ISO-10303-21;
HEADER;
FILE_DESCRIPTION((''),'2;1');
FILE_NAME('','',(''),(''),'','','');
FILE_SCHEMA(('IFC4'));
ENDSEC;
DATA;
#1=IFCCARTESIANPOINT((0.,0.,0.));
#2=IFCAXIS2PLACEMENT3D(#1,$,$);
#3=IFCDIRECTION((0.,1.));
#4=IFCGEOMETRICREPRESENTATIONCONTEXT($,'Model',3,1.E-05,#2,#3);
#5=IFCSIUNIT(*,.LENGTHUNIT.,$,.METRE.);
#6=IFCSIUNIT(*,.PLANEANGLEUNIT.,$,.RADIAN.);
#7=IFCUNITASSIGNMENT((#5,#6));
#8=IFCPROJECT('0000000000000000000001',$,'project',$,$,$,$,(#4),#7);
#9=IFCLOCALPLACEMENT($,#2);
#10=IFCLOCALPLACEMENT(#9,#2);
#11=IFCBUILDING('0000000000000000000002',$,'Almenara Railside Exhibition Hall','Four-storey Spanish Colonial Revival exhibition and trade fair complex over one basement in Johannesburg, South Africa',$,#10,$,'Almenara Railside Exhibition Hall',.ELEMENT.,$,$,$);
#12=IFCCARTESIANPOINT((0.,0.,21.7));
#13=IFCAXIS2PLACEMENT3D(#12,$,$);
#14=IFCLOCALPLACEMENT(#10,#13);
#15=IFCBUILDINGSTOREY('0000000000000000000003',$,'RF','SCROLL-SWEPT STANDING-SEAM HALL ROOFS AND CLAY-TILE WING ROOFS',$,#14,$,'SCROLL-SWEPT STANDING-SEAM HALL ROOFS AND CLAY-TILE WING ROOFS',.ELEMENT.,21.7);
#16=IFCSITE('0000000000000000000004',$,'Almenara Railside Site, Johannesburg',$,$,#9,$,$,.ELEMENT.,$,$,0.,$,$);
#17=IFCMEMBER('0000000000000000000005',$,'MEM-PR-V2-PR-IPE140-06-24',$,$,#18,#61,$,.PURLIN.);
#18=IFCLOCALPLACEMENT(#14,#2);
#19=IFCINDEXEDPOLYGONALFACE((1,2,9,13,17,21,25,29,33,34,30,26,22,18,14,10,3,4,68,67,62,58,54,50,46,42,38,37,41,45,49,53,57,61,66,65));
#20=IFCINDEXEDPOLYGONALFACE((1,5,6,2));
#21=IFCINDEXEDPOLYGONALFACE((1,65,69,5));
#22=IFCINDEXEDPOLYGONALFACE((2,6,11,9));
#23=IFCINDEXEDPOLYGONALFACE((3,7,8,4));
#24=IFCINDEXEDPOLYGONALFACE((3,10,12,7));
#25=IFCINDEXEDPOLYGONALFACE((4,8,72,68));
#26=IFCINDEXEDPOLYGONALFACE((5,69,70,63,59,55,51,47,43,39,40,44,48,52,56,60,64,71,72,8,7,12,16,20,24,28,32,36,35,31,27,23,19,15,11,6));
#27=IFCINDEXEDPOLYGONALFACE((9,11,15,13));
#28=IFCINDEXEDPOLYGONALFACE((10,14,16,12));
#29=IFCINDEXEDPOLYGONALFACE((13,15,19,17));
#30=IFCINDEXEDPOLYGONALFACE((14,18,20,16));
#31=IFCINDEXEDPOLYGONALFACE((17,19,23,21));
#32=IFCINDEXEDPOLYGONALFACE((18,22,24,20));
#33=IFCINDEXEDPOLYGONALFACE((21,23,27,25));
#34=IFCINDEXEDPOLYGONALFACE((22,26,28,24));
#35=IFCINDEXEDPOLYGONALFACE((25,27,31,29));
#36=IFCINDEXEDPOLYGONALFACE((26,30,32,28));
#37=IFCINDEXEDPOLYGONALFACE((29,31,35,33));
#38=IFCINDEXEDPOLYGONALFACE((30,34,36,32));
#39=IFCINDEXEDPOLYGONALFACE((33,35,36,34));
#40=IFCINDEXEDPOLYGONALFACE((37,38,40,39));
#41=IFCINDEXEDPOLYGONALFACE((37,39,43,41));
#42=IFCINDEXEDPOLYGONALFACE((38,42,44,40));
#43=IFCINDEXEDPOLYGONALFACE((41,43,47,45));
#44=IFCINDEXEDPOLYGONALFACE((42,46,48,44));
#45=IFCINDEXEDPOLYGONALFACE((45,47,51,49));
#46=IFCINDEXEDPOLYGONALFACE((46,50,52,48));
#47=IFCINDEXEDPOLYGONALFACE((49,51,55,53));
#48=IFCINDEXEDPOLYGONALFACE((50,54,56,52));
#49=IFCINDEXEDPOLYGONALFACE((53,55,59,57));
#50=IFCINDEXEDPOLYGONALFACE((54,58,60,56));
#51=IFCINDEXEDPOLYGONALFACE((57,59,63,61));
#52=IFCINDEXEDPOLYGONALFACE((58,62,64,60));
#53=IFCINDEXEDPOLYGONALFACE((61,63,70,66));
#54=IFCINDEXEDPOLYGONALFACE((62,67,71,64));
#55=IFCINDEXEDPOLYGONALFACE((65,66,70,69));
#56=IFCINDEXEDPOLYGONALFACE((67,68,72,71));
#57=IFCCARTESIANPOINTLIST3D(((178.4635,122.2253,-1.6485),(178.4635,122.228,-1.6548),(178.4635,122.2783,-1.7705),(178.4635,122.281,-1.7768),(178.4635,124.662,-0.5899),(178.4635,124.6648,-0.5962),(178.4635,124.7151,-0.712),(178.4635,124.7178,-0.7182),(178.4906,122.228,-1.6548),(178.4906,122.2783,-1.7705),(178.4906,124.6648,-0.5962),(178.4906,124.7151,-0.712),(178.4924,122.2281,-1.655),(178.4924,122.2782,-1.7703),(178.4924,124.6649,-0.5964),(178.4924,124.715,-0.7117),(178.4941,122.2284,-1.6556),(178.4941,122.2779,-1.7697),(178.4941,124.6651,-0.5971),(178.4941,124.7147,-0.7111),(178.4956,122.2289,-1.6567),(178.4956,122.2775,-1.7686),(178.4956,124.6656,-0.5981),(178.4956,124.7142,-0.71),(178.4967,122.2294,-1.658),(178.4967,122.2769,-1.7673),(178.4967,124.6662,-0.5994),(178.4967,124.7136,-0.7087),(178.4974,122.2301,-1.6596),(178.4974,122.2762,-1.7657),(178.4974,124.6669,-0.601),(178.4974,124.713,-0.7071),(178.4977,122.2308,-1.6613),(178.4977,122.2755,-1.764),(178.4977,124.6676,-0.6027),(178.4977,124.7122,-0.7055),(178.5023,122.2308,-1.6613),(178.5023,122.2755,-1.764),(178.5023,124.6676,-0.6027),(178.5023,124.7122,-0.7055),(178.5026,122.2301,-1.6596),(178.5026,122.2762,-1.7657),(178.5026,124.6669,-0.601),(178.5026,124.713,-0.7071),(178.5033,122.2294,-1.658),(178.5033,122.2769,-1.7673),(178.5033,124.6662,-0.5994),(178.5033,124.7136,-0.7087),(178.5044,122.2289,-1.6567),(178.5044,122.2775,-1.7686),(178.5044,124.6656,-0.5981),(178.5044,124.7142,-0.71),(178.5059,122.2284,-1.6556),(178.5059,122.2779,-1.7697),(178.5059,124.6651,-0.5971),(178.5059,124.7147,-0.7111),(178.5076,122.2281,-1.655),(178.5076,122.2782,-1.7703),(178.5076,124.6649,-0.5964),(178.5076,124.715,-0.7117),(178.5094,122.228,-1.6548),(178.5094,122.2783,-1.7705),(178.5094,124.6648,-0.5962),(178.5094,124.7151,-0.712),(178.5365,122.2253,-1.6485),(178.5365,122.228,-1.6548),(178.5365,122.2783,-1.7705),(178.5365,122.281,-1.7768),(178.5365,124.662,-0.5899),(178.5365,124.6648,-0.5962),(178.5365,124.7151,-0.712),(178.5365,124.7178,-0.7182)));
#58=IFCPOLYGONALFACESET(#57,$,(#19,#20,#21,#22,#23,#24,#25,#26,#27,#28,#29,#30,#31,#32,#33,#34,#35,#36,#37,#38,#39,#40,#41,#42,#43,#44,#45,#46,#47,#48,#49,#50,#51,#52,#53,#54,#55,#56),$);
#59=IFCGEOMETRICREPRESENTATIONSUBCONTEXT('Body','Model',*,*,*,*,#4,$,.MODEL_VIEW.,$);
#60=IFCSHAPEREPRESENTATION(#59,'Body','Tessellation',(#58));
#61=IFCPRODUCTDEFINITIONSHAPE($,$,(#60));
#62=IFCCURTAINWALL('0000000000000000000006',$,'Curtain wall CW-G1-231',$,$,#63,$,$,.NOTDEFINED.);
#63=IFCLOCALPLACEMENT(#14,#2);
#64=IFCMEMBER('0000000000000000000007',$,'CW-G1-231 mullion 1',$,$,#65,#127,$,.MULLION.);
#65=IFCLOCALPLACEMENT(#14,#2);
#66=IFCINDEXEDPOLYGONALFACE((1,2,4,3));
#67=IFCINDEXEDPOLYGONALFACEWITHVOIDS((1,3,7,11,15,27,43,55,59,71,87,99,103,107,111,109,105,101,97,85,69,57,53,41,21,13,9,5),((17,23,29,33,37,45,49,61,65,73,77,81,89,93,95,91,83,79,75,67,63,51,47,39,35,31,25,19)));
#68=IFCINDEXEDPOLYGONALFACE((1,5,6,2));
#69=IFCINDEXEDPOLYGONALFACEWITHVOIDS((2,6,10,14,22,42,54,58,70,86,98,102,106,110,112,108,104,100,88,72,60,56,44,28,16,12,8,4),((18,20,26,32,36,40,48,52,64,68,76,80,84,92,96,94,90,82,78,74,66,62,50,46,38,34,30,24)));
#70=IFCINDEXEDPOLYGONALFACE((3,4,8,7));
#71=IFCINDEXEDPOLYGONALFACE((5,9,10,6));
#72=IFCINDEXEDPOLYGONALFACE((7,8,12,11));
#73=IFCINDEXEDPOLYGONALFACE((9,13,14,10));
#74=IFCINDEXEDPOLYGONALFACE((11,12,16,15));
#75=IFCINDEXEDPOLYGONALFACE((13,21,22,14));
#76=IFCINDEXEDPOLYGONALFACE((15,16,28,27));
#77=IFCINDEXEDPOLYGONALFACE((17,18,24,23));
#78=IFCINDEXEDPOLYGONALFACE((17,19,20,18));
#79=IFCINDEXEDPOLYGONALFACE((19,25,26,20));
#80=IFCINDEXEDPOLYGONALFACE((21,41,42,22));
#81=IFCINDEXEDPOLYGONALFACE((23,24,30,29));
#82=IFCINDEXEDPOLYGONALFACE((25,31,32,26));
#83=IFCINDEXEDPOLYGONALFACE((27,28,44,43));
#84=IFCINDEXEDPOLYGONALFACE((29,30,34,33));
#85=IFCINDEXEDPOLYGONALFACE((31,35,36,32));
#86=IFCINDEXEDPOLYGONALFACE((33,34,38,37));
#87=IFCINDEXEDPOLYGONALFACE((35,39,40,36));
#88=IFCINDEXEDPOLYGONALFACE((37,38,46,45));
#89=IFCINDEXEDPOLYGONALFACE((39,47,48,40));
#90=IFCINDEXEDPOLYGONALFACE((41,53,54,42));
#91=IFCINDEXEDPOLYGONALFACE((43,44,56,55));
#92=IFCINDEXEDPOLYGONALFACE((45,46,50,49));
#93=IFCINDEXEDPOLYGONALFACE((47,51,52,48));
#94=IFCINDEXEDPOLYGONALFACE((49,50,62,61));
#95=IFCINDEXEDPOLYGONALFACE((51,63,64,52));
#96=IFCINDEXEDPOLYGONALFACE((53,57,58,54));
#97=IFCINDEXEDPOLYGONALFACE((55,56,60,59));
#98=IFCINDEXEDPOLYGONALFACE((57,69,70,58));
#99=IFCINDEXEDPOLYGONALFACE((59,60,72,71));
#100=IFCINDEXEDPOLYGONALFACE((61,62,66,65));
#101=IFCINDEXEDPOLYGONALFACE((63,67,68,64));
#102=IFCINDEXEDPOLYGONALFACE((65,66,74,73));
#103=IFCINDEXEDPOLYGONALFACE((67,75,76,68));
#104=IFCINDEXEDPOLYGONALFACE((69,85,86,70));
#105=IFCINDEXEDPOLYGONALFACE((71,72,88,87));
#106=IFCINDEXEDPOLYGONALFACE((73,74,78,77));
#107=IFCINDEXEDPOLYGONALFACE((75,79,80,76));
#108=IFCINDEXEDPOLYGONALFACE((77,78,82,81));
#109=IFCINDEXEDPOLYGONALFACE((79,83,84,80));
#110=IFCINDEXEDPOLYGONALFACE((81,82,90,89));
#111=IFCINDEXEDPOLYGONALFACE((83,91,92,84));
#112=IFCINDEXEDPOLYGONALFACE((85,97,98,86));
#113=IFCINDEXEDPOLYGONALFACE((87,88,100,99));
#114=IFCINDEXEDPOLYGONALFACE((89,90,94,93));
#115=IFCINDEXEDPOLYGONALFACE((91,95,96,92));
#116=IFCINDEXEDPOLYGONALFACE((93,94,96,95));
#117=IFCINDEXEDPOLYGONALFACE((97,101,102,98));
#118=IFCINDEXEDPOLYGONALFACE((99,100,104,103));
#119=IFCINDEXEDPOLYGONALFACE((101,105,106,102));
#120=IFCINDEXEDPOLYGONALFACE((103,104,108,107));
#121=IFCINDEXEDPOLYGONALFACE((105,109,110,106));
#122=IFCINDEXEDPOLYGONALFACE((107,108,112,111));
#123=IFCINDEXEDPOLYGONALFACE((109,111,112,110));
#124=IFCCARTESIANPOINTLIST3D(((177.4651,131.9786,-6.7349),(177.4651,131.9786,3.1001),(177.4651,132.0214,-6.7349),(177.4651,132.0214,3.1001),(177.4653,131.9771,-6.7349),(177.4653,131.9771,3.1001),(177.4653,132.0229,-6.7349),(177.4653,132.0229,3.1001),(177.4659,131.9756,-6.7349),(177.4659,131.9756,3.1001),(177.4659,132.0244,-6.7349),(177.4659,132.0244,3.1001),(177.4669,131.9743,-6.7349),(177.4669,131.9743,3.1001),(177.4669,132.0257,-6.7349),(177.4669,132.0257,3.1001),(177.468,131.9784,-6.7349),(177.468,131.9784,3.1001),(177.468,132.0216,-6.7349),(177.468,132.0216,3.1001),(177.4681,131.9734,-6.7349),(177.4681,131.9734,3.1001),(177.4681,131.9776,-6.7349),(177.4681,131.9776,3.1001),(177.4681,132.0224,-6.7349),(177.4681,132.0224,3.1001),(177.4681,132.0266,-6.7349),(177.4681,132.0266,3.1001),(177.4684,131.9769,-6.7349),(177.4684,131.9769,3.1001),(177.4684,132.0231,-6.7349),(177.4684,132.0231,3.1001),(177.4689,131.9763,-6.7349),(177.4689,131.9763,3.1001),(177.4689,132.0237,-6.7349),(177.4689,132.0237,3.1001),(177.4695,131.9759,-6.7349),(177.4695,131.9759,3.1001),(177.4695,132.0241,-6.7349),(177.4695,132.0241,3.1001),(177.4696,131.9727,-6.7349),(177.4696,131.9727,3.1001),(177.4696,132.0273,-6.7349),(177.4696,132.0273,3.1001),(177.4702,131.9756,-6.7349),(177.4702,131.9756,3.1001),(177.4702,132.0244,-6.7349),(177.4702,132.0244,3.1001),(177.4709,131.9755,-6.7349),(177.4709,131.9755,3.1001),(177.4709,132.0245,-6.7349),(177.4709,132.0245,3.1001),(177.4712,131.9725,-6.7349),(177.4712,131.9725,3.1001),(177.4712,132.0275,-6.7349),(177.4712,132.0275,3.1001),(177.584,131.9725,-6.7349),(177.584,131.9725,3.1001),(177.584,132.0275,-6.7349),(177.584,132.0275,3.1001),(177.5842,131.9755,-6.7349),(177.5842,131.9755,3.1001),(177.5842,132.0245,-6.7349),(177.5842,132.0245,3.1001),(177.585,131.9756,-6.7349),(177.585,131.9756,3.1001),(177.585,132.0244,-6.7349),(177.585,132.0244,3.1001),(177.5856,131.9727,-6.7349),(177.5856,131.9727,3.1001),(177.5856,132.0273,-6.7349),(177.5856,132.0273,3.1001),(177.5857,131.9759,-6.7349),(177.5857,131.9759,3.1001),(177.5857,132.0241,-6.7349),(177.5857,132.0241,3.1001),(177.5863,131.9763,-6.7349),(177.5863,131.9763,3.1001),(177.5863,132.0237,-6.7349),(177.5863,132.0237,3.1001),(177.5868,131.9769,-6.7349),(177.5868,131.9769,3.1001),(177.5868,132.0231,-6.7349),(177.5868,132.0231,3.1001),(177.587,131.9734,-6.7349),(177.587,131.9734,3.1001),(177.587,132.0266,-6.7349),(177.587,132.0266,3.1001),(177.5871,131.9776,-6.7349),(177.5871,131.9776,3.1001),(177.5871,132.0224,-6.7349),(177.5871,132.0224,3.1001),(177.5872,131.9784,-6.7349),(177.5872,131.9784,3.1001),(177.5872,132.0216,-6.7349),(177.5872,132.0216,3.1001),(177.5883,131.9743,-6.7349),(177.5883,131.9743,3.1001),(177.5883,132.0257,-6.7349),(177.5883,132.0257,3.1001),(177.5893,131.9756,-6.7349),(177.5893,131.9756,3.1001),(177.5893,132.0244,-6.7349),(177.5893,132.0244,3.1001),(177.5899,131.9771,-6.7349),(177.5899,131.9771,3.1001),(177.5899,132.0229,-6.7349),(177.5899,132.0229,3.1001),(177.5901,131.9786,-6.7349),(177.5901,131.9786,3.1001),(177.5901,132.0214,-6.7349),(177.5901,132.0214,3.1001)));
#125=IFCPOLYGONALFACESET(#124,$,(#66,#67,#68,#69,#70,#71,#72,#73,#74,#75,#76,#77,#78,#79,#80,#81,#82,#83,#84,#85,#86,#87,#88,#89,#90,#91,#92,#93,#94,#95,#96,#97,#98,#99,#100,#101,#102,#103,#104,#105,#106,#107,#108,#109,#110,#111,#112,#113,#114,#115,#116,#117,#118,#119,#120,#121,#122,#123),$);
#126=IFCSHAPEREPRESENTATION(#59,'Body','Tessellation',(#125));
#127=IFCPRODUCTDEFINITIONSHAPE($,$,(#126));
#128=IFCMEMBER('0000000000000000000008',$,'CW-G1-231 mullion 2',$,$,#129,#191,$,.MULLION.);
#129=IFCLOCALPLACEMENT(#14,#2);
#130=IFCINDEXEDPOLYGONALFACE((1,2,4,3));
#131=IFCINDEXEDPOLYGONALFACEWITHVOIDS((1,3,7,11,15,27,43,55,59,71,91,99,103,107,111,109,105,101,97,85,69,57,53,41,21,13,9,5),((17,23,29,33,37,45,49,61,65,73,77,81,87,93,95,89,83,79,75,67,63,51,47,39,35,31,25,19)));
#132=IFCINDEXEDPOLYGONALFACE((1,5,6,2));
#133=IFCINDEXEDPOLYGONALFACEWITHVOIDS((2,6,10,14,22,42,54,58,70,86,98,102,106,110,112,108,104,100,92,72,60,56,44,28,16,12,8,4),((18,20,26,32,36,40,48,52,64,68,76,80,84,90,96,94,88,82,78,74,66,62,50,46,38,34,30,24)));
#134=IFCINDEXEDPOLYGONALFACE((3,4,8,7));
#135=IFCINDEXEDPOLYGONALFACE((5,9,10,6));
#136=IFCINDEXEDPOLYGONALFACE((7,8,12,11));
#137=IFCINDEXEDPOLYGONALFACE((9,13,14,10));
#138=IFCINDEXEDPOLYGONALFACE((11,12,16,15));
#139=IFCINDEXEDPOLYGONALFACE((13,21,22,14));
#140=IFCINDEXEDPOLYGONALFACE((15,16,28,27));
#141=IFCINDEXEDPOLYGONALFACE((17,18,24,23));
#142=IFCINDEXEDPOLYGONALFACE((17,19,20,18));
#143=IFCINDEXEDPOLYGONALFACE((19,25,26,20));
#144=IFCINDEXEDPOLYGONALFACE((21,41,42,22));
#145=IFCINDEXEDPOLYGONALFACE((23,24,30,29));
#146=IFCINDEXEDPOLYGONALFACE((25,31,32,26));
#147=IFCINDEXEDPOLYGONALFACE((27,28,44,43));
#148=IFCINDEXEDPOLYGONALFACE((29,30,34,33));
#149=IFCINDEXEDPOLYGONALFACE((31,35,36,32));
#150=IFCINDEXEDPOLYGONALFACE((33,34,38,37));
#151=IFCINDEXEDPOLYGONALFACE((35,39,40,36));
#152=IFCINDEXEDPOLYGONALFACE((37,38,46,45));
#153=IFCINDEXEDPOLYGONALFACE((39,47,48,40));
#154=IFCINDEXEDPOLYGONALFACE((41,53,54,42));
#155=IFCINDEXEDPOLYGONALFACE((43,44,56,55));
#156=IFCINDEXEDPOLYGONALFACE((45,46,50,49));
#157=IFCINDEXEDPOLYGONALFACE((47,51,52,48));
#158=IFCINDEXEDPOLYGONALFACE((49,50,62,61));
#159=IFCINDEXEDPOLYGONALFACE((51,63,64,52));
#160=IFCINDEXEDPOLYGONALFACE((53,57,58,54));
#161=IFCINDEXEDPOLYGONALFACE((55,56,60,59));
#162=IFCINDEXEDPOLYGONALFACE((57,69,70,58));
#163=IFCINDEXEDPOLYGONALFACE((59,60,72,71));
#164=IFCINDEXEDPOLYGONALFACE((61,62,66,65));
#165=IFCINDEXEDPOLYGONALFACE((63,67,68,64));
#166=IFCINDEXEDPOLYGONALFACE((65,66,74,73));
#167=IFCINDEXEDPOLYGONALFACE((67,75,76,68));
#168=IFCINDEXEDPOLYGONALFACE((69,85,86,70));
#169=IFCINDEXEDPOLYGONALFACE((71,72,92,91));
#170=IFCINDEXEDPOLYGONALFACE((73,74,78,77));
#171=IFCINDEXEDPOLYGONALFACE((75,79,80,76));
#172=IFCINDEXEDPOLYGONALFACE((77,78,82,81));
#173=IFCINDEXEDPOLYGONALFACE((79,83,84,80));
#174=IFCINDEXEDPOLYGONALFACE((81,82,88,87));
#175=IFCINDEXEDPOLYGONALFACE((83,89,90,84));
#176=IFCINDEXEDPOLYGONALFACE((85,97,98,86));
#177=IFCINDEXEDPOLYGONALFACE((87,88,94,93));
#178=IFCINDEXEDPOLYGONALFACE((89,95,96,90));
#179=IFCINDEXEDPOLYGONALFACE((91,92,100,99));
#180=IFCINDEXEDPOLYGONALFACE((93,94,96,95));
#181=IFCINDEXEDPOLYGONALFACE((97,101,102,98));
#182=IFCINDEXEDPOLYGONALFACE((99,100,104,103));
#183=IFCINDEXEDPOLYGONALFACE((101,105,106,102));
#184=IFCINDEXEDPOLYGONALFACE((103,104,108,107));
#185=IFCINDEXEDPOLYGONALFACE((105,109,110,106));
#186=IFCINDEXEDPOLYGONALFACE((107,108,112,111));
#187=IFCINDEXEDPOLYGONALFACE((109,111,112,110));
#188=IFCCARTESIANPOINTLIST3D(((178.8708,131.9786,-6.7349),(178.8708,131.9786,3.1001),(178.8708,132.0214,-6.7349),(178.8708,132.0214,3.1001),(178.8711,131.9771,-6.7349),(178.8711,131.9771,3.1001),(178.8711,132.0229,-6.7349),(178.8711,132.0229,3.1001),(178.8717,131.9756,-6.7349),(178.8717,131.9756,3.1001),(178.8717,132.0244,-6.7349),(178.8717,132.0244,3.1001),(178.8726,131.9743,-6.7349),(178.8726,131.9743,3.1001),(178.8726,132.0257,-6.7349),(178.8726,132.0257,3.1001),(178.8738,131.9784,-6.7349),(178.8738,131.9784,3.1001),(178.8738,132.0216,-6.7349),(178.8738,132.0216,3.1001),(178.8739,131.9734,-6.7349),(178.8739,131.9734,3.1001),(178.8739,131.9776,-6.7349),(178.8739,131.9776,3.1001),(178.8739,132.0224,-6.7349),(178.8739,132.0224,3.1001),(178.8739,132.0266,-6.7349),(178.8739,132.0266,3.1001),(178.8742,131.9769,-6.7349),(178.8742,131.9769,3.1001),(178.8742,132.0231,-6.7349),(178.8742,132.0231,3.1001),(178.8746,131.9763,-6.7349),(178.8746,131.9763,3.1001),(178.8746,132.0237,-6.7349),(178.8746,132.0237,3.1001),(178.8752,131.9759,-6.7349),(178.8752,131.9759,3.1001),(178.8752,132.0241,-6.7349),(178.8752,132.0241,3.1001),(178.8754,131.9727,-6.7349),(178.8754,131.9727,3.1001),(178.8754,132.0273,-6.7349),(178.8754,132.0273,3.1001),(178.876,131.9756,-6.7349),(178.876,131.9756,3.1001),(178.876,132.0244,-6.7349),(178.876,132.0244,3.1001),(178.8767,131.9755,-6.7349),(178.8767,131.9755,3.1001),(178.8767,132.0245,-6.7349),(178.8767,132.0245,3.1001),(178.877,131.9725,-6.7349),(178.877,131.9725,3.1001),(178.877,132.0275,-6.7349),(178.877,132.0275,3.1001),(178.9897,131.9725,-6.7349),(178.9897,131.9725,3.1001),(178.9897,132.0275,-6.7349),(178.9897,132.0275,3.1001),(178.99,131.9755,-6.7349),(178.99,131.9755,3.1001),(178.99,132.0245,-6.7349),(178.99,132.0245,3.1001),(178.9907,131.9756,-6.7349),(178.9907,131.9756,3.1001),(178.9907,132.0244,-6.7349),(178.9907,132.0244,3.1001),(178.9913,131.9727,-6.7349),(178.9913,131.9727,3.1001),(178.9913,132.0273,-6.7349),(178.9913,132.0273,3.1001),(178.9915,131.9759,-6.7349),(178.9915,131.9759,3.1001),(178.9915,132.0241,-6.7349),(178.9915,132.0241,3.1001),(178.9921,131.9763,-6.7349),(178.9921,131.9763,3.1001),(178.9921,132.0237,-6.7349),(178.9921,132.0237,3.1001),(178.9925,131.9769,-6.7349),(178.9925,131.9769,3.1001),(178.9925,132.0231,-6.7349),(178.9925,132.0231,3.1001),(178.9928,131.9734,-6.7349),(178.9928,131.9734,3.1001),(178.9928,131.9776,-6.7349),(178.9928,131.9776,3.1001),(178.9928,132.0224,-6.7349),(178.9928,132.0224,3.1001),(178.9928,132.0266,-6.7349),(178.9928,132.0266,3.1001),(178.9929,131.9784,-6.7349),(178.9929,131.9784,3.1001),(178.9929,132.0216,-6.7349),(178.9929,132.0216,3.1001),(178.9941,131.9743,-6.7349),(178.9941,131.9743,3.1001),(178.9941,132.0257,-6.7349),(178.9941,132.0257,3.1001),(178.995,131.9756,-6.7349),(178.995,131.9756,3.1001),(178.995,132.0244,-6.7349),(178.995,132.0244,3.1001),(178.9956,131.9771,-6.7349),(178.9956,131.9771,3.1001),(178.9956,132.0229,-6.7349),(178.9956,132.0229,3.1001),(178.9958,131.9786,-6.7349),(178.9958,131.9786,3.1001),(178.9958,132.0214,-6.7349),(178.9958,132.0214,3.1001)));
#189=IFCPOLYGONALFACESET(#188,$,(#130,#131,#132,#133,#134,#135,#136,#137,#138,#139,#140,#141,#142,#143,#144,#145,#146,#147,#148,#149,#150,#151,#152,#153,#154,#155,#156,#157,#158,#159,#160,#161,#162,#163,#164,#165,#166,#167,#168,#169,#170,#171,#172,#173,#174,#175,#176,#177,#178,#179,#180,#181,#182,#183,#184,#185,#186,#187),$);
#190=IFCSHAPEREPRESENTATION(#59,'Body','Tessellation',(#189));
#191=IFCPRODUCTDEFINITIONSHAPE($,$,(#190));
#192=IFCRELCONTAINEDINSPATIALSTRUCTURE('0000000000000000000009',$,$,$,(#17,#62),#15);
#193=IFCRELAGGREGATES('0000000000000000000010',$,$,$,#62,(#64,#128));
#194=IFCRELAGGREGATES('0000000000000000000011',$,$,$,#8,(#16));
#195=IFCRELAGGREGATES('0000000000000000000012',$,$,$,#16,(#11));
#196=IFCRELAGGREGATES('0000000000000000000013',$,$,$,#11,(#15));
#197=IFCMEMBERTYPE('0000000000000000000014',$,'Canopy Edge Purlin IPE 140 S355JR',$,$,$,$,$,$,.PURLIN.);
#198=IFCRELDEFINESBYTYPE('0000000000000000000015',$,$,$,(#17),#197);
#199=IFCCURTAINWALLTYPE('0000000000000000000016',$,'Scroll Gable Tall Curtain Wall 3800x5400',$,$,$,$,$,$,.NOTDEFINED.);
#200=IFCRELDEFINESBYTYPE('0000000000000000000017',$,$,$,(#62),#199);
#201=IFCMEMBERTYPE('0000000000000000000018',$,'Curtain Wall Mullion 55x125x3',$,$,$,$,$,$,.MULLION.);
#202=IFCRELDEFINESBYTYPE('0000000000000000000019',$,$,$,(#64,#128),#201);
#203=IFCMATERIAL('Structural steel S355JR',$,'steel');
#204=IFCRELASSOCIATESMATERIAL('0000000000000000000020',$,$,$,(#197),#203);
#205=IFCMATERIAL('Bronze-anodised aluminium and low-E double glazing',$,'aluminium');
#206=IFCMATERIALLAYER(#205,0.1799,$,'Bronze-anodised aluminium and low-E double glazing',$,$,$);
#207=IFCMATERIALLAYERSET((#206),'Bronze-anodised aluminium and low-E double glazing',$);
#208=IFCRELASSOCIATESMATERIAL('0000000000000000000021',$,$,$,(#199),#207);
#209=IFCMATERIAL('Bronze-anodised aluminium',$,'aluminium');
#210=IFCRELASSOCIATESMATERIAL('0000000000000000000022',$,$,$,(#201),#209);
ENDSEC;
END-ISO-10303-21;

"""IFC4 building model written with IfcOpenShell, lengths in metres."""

from ifc_helpers import new_model, si_unit, direction, frame, origin, origin_2d, place, context, subcontext, project, spatial, hollow_rectangle, i_section, extrude, material, layer, layer_set, material_profile, profile_set, type_object, element, aggregate, save


model = new_model("IFC4")

# Units and contexts
model_context = context("Model", 3, precision=1e-05, world=origin(), true_north=direction((0.0, 1.0)))
body_context = subcontext(model_context, "Body", "Model", "MODEL_VIEW")
ifc_project = project(units=[si_unit("LENGTHUNIT", "METRE"), si_unit("PLANEANGLEUNIT", "RADIAN")], contexts=[model_context])

# Site, building, storey
site_placement = place(None, origin())
site = spatial("IfcSite", under=ifc_project, at=site_placement, Name="Almenara Railside Site, Johannesburg", CompositionType="ELEMENT", RefElevation=0.0)
building_placement = place(site_placement, origin())
building = spatial("IfcBuilding", under=site, at=building_placement, Name="Almenara Railside Exhibition Hall", Description="Four-storey Spanish Colonial Revival exhibition and trade fair complex over one basement in Johannesburg, South Africa", LongName="Almenara Railside Exhibition Hall", CompositionType="ELEMENT")
storey_placement = place(building_placement, frame((0.0, 0.0, 21.7)))
storey = spatial("IfcBuildingStorey", under=building, at=storey_placement, Name="RF", Description="SCROLL-SWEPT STANDING-SEAM HALL ROOFS AND CLAY-TILE WING ROOFS", LongName="SCROLL-SWEPT STANDING-SEAM HALL ROOFS AND CLAY-TILE WING ROOFS", CompositionType="ELEMENT", Elevation=21.7)

# Member
ifc_material_1 = material(Name="Structural steel S355JR", Category="steel")
ifc_material_profile_1 = material_profile(ifc_material_1, i_section(OverallWidth=0.073, OverallDepth=0.1399, WebThickness=0.0046, FlangeThickness=0.0068, FilletRadius=0.0071, at=origin_2d()), Name="IPE 140")
ifc_profile_set_1 = profile_set([ifc_material_profile_1], Name="Structural steel S355JR")
member_type_1 = type_object("IfcMemberType", Name="Canopy Edge Purlin IPE 140 S355JR", PredefinedType="PURLIN", material=ifc_profile_set_1)
member_1_placement = place(storey_placement, frame((178.5, 122.2532, -1.7126), z_axis=(0.0, 0.91719, 0.398451), x_axis=(-1.0, 0.0, 0.0)))
element("IfcMember", 1, at=member_1_placement, inside=storey, type_object=member_type_1, Name="MEM-PR-V2-PR-IPE140-06-24", PredefinedType="PURLIN", context=body_context, shape_type="SweptSolid", body=[
    extrude(i_section(OverallWidth=0.073, OverallDepth=0.1399, WebThickness=0.0046, FlangeThickness=0.0068, FilletRadius=0.0071, at=origin_2d()), origin(), (0.0, 0.0, 1.0), 2.6567),
])

# Curtain wall, members
ifc_material_2 = material(Name="Bronze-anodised aluminium and low-E double glazing", Category="aluminium")
ifc_layer_1 = layer(ifc_material_2, 0.1799, Name="Bronze-anodised aluminium and low-E double glazing")
ifc_layer_set_1 = layer_set([ifc_layer_1], Name="Bronze-anodised aluminium and low-E double glazing")
curtain_wall_type = type_object("IfcCurtainWallType", Name="Scroll Gable Tall Curtain Wall 3800x5400", PredefinedType="NOTDEFINED", material=ifc_layer_set_1)
curtain_wall_1_placement = place(storey_placement, origin())
curtain_wall_1 = element("IfcCurtainWall", 2, at=curtain_wall_1_placement, inside=storey, type_object=curtain_wall_type, Name="Curtain wall CW-G1-231", PredefinedType="NOTDEFINED")
ifc_material_3 = material(Name="Bronze-anodised aluminium", Category="aluminium")
ifc_material_profile_2 = material_profile(ifc_material_3, hollow_rectangle(XDim=0.0549, YDim=0.125, WallThickness=0.0029, InnerFilletRadius=0.0029, OuterFilletRadius=0.0061, at=origin_2d()), Name="ALU-MUL 55x125x3")
ifc_profile_set_2 = profile_set([ifc_material_profile_2], Name="Bronze-anodised aluminium")
member_type_2 = type_object("IfcMemberType", Name="Curtain Wall Mullion 55x125x3", PredefinedType="MULLION", material=ifc_profile_set_2)
member_2_placement = place(storey_placement, frame((177.5276, 132.0, -6.7349), z_axis=(0.0, 0.0, 1.0), x_axis=(0.0, 1.0, 0.0)))
member_2 = element("IfcMember", 3, at=member_2_placement, type_object=member_type_2, Name="CW-G1-231 mullion 1", PredefinedType="MULLION", context=body_context, shape_type="SweptSolid", body=[
    extrude(hollow_rectangle(XDim=0.0549, YDim=0.125, WallThickness=0.0029, InnerFilletRadius=0.0029, OuterFilletRadius=0.0061, at=origin_2d()), origin(), (0.0, 0.0, 1.0), 9.835),
])
member_3_placement = place(storey_placement, frame((178.9333, 132.0, -6.7349), z_axis=(0.0, 0.0, 1.0), x_axis=(0.0, 1.0, 0.0)))
member_3 = element("IfcMember", 4, at=member_3_placement, type_object=member_type_2, Name="CW-G1-231 mullion 2", PredefinedType="MULLION", context=body_context, shape_type="SweptSolid", body=[
    extrude(hollow_rectangle(XDim=0.0549, YDim=0.125, WallThickness=0.0029, InnerFilletRadius=0.0029, OuterFilletRadius=0.0061, at=origin_2d()), origin(), (0.0, 0.0, 1.0), 9.835),
])

aggregate(curtain_wall_1, [member_2, member_3])

save(model, "model.ifc")
